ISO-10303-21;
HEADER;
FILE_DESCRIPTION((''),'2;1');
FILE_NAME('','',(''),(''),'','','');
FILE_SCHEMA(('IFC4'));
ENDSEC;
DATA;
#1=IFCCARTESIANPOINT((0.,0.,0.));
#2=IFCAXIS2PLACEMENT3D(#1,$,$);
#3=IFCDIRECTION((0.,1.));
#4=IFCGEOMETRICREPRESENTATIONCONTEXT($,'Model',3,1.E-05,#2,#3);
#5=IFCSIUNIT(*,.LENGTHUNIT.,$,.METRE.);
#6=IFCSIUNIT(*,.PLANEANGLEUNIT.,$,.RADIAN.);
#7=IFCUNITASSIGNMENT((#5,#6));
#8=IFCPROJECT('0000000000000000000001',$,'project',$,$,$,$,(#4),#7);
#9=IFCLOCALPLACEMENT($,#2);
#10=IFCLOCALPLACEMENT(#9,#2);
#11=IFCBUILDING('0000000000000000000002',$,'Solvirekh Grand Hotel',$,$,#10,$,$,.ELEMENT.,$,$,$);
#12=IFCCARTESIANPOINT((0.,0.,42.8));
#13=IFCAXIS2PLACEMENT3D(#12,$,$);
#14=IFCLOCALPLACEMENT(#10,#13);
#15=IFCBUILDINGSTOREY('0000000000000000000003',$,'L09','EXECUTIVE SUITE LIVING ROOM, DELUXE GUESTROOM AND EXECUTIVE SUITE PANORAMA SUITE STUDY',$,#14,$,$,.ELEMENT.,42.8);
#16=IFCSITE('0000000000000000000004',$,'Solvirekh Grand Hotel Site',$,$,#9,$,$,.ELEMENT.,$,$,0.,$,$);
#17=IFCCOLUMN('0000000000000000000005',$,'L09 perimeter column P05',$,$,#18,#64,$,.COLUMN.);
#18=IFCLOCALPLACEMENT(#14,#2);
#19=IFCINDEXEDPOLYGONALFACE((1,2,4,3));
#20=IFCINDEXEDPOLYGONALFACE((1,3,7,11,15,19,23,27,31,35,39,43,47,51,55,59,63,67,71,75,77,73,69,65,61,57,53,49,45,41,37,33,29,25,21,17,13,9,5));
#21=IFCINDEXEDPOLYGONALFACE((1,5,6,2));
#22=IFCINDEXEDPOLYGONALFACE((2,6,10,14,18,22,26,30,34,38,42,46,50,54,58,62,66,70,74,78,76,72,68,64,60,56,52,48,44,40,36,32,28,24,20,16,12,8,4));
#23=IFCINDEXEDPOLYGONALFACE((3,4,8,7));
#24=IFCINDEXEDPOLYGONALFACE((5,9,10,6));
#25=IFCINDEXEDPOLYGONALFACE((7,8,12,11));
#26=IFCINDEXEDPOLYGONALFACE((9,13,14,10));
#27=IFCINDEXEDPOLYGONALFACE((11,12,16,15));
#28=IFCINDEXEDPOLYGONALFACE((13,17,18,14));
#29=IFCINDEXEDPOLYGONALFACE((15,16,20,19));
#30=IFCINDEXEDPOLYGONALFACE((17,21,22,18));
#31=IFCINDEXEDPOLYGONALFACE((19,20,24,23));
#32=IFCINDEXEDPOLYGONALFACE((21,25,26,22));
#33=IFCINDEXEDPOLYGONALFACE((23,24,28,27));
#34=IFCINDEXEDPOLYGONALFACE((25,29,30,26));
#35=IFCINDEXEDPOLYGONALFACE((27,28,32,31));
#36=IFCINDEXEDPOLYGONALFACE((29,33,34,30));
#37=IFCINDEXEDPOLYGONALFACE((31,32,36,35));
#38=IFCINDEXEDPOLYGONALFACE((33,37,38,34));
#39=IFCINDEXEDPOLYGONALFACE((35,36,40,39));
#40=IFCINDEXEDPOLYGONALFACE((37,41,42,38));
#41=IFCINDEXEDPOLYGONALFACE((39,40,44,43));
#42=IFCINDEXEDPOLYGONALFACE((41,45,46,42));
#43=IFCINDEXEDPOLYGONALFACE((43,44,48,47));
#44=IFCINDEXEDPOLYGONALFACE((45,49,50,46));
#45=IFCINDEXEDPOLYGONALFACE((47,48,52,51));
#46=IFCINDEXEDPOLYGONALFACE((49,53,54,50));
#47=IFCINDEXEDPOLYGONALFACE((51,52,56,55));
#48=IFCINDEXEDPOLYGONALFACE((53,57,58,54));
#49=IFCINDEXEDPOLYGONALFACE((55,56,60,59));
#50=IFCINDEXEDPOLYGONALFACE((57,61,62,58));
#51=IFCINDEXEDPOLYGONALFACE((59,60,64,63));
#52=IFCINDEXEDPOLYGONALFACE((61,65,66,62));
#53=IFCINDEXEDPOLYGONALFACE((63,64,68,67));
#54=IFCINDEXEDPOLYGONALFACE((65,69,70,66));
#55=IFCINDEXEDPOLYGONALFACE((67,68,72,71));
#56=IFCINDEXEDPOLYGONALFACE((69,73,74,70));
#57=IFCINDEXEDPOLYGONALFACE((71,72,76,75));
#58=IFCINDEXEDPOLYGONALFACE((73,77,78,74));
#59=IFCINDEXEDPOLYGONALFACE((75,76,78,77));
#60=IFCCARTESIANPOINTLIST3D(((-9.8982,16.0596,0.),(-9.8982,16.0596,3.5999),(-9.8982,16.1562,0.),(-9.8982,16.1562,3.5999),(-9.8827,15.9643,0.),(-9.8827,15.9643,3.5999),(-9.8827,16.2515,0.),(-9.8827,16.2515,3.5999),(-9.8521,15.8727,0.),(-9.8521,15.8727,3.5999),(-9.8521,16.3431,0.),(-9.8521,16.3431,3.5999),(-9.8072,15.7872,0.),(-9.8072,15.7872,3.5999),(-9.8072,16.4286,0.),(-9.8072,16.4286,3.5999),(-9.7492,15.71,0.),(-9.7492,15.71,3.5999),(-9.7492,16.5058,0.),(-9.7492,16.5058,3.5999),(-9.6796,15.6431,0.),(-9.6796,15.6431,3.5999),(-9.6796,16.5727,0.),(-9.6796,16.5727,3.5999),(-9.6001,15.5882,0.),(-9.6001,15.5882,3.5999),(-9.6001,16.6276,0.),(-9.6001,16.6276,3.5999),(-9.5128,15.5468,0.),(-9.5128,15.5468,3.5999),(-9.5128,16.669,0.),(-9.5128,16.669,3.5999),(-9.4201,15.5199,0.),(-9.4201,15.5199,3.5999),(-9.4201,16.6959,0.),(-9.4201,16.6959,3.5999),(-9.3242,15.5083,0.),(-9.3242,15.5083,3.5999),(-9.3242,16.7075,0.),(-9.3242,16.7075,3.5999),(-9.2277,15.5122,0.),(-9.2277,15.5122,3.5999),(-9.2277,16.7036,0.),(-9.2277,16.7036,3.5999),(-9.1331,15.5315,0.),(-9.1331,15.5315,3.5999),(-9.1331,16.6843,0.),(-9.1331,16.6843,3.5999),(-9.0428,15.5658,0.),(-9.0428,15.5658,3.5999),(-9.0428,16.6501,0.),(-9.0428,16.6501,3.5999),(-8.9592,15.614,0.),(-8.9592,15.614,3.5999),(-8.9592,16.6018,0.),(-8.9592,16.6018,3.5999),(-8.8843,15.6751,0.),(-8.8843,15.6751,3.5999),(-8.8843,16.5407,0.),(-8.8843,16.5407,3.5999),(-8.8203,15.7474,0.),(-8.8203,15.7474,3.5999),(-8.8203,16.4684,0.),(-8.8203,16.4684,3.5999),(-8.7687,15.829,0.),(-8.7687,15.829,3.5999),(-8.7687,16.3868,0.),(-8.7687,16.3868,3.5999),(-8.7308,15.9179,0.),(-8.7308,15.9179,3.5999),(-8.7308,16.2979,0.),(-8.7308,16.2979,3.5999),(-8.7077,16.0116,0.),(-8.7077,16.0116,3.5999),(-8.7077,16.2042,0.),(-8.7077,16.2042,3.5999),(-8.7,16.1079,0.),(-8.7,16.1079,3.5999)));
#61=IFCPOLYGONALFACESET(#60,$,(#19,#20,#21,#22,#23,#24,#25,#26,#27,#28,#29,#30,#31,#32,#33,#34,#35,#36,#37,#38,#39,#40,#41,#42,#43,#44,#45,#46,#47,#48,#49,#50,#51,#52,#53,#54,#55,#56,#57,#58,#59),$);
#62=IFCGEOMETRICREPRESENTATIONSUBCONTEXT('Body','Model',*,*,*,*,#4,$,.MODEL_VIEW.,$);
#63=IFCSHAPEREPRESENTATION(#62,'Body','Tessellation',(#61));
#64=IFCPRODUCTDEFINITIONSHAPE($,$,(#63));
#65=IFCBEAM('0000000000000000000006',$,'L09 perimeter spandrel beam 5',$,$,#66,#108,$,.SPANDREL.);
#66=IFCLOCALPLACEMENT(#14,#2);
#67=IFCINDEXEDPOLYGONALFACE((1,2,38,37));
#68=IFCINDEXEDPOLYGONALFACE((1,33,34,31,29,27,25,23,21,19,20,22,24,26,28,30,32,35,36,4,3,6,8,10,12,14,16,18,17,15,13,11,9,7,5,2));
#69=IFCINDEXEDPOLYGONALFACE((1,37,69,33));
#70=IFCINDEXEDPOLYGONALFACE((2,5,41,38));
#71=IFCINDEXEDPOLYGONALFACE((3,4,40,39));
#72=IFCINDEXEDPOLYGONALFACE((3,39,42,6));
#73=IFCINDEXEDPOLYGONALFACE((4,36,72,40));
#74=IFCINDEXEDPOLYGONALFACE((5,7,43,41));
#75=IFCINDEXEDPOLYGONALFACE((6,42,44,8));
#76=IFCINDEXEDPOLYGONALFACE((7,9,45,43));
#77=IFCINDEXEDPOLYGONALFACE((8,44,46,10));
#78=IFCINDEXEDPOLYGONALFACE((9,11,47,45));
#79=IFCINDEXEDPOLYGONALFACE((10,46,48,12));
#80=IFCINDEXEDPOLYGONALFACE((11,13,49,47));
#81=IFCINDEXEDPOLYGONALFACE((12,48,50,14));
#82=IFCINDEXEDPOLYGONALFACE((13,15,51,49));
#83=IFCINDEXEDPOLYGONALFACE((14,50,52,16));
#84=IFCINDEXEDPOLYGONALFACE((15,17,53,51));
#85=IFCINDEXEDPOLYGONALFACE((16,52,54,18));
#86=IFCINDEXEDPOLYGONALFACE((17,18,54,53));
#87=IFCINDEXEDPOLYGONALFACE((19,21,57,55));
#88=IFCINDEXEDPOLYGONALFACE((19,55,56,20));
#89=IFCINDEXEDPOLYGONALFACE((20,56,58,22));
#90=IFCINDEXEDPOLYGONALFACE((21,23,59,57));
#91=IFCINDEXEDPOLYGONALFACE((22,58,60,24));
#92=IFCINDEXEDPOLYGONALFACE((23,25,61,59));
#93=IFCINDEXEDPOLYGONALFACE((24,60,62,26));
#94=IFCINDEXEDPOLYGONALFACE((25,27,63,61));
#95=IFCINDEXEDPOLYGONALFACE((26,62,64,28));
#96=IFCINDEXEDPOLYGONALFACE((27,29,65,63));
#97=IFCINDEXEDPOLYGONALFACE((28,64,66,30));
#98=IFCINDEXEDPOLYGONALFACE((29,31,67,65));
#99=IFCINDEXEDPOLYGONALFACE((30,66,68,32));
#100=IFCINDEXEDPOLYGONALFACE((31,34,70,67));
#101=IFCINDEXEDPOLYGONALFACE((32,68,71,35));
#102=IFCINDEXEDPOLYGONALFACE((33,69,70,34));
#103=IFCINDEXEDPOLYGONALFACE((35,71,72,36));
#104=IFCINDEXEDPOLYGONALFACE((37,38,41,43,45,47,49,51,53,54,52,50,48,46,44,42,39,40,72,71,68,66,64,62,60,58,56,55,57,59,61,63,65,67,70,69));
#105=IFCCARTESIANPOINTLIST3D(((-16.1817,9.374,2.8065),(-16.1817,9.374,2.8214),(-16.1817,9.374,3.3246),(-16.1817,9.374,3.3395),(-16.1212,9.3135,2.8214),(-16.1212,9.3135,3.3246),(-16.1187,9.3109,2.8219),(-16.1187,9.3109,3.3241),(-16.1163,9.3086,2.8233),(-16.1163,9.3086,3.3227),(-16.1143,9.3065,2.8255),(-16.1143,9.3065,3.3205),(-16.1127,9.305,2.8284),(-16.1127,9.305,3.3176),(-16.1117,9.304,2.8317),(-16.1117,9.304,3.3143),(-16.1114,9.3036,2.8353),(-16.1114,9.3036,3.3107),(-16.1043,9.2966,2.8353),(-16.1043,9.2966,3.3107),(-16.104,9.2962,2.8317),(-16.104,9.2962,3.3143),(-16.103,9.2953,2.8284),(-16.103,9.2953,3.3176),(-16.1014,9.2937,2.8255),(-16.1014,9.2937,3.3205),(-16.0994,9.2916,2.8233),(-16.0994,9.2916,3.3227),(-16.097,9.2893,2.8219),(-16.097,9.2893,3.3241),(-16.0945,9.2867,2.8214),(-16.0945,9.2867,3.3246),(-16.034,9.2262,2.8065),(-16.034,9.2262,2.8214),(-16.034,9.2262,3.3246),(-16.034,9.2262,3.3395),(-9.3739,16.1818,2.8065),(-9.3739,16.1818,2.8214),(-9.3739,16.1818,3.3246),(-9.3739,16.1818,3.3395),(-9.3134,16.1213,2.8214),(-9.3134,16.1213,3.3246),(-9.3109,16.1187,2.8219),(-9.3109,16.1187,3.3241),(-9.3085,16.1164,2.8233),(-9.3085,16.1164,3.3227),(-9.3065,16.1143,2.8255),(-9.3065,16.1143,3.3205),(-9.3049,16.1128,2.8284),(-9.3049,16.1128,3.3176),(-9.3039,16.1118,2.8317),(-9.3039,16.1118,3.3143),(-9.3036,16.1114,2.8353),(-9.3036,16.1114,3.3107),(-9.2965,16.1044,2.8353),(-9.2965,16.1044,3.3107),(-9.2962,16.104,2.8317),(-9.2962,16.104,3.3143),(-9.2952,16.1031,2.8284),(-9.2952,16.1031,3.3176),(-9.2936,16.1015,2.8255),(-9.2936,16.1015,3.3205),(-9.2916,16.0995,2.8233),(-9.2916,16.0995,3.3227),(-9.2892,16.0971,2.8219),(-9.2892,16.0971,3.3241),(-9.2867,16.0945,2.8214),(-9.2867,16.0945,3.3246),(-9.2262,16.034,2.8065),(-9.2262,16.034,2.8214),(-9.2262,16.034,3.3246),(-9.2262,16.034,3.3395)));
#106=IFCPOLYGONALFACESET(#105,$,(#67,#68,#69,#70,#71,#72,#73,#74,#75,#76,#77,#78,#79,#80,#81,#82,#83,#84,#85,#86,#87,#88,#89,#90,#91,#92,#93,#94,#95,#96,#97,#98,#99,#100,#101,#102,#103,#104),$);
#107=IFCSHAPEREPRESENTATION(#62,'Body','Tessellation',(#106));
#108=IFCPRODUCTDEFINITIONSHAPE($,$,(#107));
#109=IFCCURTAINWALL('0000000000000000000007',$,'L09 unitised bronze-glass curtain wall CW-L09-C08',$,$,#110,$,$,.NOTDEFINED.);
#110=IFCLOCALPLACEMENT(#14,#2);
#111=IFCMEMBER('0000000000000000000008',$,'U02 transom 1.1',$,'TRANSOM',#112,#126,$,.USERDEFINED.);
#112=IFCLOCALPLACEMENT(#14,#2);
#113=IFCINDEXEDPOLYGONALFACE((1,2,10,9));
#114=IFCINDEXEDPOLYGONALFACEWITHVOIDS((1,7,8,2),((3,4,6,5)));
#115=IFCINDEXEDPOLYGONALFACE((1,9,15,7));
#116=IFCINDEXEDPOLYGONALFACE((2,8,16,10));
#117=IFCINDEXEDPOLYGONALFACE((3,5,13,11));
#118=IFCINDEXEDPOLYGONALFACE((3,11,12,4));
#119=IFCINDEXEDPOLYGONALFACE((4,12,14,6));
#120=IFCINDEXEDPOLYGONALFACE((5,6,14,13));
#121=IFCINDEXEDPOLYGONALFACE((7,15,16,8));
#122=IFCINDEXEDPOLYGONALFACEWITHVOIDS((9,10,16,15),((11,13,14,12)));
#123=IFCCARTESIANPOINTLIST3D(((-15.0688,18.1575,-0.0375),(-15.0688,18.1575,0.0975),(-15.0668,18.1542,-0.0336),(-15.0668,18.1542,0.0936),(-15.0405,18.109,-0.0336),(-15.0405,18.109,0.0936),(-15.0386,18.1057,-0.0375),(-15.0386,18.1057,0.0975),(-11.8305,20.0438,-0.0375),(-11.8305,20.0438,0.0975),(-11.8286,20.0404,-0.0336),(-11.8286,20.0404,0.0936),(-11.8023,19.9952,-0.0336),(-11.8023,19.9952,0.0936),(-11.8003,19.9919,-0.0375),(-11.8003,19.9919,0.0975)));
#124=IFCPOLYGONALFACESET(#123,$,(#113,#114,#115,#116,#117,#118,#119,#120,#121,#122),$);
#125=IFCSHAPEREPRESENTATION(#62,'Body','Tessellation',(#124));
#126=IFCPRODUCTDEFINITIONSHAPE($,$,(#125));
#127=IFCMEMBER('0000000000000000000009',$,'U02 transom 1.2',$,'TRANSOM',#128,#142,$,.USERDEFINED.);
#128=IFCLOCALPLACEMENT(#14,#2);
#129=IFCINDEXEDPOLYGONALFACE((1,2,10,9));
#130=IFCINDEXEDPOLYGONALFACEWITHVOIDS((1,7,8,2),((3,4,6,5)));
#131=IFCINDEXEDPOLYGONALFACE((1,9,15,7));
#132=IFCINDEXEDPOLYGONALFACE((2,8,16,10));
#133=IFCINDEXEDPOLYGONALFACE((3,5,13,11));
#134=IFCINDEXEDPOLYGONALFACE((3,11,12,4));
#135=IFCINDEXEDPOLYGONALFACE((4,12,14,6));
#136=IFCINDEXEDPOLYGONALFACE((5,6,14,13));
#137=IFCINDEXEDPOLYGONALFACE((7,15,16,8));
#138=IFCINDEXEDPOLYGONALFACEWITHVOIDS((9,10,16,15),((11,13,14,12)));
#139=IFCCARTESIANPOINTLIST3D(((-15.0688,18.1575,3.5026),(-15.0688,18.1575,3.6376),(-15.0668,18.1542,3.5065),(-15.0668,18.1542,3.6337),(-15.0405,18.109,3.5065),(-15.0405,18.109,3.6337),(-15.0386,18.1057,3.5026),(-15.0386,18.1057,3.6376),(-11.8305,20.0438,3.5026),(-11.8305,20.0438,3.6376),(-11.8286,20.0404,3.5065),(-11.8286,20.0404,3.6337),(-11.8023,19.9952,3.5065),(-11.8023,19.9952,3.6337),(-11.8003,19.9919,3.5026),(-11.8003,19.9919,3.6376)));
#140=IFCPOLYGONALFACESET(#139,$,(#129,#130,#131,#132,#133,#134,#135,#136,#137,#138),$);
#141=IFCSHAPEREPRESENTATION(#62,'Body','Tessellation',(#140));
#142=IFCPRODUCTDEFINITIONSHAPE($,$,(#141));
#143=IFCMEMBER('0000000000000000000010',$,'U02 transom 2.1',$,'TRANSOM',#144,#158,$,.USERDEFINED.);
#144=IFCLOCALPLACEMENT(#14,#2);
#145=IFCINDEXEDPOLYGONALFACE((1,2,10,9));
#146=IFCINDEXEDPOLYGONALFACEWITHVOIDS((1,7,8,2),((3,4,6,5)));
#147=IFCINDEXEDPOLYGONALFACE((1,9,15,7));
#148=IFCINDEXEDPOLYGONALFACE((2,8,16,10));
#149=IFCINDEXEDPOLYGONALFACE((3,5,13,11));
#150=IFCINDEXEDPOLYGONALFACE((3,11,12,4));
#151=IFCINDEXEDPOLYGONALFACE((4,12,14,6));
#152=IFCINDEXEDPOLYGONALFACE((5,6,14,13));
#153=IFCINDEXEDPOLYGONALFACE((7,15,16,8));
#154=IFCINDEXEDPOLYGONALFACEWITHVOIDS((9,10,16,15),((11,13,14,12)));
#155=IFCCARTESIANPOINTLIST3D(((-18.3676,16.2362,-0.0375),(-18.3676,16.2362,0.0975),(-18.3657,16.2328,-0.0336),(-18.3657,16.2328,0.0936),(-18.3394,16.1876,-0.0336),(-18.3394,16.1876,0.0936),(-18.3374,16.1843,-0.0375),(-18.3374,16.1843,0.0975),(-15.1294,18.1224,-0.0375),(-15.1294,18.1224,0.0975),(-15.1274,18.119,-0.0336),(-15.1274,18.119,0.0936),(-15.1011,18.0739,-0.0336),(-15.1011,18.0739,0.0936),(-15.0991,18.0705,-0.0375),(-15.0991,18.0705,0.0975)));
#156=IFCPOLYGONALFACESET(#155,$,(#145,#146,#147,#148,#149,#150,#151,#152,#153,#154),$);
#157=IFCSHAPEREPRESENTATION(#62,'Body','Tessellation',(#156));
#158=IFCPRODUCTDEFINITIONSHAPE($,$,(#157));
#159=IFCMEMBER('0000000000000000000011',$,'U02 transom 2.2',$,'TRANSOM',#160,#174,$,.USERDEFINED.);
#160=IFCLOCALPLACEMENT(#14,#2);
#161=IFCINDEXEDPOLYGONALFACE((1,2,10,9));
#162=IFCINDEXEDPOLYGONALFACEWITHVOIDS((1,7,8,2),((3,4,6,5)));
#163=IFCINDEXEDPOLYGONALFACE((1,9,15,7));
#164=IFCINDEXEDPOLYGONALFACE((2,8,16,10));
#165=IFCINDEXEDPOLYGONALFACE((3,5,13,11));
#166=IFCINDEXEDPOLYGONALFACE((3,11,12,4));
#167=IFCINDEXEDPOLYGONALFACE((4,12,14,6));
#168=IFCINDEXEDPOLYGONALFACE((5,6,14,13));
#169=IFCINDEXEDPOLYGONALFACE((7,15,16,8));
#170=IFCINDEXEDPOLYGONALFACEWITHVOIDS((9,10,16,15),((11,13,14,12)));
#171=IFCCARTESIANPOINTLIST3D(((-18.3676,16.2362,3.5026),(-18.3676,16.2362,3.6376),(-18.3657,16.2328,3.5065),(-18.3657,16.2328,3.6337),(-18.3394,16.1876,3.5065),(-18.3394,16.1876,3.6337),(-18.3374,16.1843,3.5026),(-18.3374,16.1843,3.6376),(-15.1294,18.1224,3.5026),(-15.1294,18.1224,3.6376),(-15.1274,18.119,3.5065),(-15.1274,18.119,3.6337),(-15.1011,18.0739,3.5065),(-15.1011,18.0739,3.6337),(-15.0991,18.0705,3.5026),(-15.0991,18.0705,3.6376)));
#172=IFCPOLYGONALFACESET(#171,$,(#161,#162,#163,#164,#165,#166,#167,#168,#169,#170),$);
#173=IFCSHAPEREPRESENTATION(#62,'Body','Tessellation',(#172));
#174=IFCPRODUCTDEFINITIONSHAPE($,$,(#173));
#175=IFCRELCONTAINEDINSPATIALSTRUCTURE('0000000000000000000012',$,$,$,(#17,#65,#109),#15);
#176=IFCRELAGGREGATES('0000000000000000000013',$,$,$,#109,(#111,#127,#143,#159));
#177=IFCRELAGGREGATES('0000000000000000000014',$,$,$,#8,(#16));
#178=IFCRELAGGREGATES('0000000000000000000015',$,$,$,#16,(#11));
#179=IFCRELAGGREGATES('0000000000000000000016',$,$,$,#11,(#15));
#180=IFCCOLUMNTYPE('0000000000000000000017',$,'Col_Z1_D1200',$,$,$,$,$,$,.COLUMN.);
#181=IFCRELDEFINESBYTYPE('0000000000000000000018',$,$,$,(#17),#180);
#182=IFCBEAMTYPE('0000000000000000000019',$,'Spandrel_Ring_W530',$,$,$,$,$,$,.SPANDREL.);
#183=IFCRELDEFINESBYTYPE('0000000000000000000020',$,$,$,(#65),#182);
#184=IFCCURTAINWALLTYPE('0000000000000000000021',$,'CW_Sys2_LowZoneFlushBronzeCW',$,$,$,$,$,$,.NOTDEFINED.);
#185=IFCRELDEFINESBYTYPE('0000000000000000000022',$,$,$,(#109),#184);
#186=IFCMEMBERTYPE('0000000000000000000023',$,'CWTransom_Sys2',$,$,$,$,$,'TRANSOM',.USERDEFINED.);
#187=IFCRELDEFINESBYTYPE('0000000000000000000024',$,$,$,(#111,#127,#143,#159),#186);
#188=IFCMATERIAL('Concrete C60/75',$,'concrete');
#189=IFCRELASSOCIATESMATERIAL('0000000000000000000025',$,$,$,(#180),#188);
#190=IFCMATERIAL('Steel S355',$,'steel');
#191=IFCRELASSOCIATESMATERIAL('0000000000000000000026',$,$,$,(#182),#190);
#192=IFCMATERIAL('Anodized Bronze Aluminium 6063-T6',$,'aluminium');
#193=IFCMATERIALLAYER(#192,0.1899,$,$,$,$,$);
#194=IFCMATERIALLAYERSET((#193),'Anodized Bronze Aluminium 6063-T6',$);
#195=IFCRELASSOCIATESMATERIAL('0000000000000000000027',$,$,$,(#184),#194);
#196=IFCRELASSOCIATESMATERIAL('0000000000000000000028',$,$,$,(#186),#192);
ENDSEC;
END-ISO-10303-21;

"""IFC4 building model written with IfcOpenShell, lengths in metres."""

from ifc_helpers import new_model, si_unit, direction, frame, origin, origin_2d, place, context, subcontext, project, spatial, hollow_rectangle, circle, i_section, extrude, source, transform, mapped, material, layer, layer_set, material_profile, profile_set, type_object, element, aggregate, save


model = new_model("IFC4")

# Units and contexts
model_context = context("Model", 3, precision=1e-05, world=origin(), true_north=direction((0.0, 1.0)))
body_context = subcontext(model_context, "Body", "Model", "MODEL_VIEW")
ifc_project = project(units=[si_unit("LENGTHUNIT", "METRE"), si_unit("PLANEANGLEUNIT", "RADIAN")], contexts=[model_context])

# Site, building, storey
site_placement = place(None, origin())
site = spatial("IfcSite", under=ifc_project, at=site_placement, Name="Solvirekh Grand Hotel Site", CompositionType="ELEMENT", RefElevation=0.0)
building_placement = place(site_placement, origin())
building = spatial("IfcBuilding", under=site, at=building_placement, Name="Solvirekh Grand Hotel", CompositionType="ELEMENT")
storey_placement = place(building_placement, frame((0.0, 0.0, 42.8)))
storey = spatial("IfcBuildingStorey", under=building, at=storey_placement, Name="L09", Description="EXECUTIVE SUITE LIVING ROOM, DELUXE GUESTROOM AND EXECUTIVE SUITE PANORAMA SUITE STUDY", CompositionType="ELEMENT", Elevation=42.8)

# Column
ifc_material_1 = material(Name="Concrete C60/75", Category="concrete")
ifc_material_profile_1 = material_profile(ifc_material_1, circle(Radius=0.6001, at=origin_2d()), Name="RC CIRC D1200")
ifc_profile_set_1 = profile_set([ifc_material_profile_1], Name="Concrete C60/75")
column_type = type_object("IfcColumnType", Name="Col_Z1_D1200", PredefinedType="COLUMN", material=ifc_profile_set_1)
column_placement = place(storey_placement, frame((-9.3, 16.1079, 0.0), z_axis=(0.0, 0.0, 1.0), x_axis=(1.0, 0.0, 0.0)))
element("IfcColumn", 1, at=column_placement, inside=storey, type_object=column_type, Name="L09 perimeter column P05", PredefinedType="COLUMN", context=body_context, shape_type="SweptSolid", body=[
    extrude(circle(Radius=0.6001, at=origin_2d()), origin(), (0.0, 0.0, 1.0), 3.5999),
])

# Beam
ifc_material_2 = material(Name="Steel S355", Category="steel")
ifc_material_profile_2 = material_profile(ifc_material_2, i_section(OverallWidth=0.209, OverallDepth=0.533, WebThickness=0.01, FlangeThickness=0.0149, FilletRadius=0.0139, at=origin_2d()), Name="W530X92")
ifc_profile_set_2 = profile_set([ifc_material_profile_2], Name="Steel S355")
beam_type = type_object("IfcBeamType", Name="Spandrel_Ring_W530", PredefinedType="SPANDREL", material=ifc_profile_set_2)
beam_placement = place(storey_placement, frame((-9.3, 16.1079, 3.073), z_axis=(-0.707107, -0.707107, 0.0), x_axis=(0.707107, -0.707107, 0.0)))
element("IfcBeam", 2, at=beam_placement, inside=storey, type_object=beam_type, Name="L09 perimeter spandrel beam 5", PredefinedType="SPANDREL", context=body_context, shape_type="SweptSolid", body=[
    extrude(i_section(OverallWidth=0.209, OverallDepth=0.533, WebThickness=0.01, FlangeThickness=0.0149, FilletRadius=0.0139, at=origin_2d()), origin(), (0.0, 0.0, 1.0), 9.6277),
])

# Curtain wall, members
ifc_material_3 = material(Name="Anodized Bronze Aluminium 6063-T6", Category="aluminium")
ifc_layer_1 = layer(ifc_material_3, 0.1899)
ifc_layer_set_1 = layer_set([ifc_layer_1], Name="Anodized Bronze Aluminium 6063-T6")
curtain_wall_type = type_object("IfcCurtainWallType", Name="CW_Sys2_LowZoneFlushBronzeCW", PredefinedType="NOTDEFINED", material=ifc_layer_set_1)
curtain_wall_placement = place(storey_placement, origin())
curtain_wall = element("IfcCurtainWall", 3, at=curtain_wall_placement, inside=storey, type_object=curtain_wall_type, Name="L09 unitised bronze-glass curtain wall CW-L09-C08", PredefinedType="NOTDEFINED")
ifc_material_profile_3 = material_profile(ifc_material_3, hollow_rectangle(XDim=0.0601, YDim=0.135, WallThickness=0.0039, at=origin_2d()), Name="ALU RHS 135X60X4")
ifc_profile_set_3 = profile_set([ifc_material_profile_3], Name="Anodized Bronze Aluminium 6063-T6")
member_type_1 = type_object("IfcMemberType", Name="CWTransom_Sys2", ElementType="TRANSOM", PredefinedType="USERDEFINED", material=ifc_profile_set_3)
shared_shape_1 = source(origin(), body_context, "Body", "SweptSolid", [
    extrude(hollow_rectangle(XDim=0.0601, YDim=0.135, WallThickness=0.0039, at=origin_2d()), origin(), (0.0, 0.0, 1.0), 3.7476),
])
member_1_placement = place(storey_placement, frame((-11.8154, 20.0178, 0.03), z_axis=(-0.8641, -0.50332, 0.0), x_axis=(0.50332, -0.8641, 0.0)))
member_1 = element("IfcMember", 4, at=member_1_placement, type_object=member_type_1, Name="U02 transom 1.1", ObjectType="TRANSOM", PredefinedType="USERDEFINED", context=body_context, shape_type="MappedRepresentation", body=[
    mapped(shared_shape_1, transform((0.0, 0.0, 0.0), x_axis=(1.0, 0.0, 0.0), y_axis=(0.0, 1.0, 0.0), z_axis=(0.0, 0.0, 1.0), scale=1.0)),
])
member_2_placement = place(storey_placement, frame((-11.8154, 20.0178, 3.5701), z_axis=(-0.8641, -0.50332, 0.0), x_axis=(0.50332, -0.8641, 0.0)))
member_2 = element("IfcMember", 5, at=member_2_placement, type_object=member_type_1, Name="U02 transom 1.2", ObjectType="TRANSOM", PredefinedType="USERDEFINED", context=body_context, shape_type="MappedRepresentation", body=[
    mapped(shared_shape_1, transform((0.0, 0.0, 0.0), x_axis=(1.0, 0.0, 0.0), y_axis=(0.0, 1.0, 0.0), z_axis=(0.0, 0.0, 1.0), scale=1.0)),
])
member_3_placement = place(storey_placement, frame((-15.1143, 18.0964, 0.03), z_axis=(-0.8641, -0.50332, 0.0), x_axis=(0.50332, -0.8641, 0.0)))
member_3 = element("IfcMember", 6, at=member_3_placement, type_object=member_type_1, Name="U02 transom 2.1", ObjectType="TRANSOM", PredefinedType="USERDEFINED", context=body_context, shape_type="MappedRepresentation", body=[
    mapped(shared_shape_1, transform((0.0, 0.0, 0.0), x_axis=(1.0, 0.0, 0.0), y_axis=(0.0, 1.0, 0.0), z_axis=(0.0, 0.0, 1.0), scale=1.0)),
])
member_4_placement = place(storey_placement, frame((-15.1143, 18.0964, 3.5701), z_axis=(-0.8641, -0.50332, 0.0), x_axis=(0.50332, -0.8641, 0.0)))
member_4 = element("IfcMember", 7, at=member_4_placement, type_object=member_type_1, Name="U02 transom 2.2", ObjectType="TRANSOM", PredefinedType="USERDEFINED", context=body_context, shape_type="MappedRepresentation", body=[
    mapped(shared_shape_1, transform((0.0, 0.0, 0.0), x_axis=(1.0, 0.0, 0.0), y_axis=(0.0, 1.0, 0.0), z_axis=(0.0, 0.0, 1.0), scale=1.0)),
])
aggregate(curtain_wall, [member_1, member_2, member_3, member_4])

save(model, "model.ifc")
